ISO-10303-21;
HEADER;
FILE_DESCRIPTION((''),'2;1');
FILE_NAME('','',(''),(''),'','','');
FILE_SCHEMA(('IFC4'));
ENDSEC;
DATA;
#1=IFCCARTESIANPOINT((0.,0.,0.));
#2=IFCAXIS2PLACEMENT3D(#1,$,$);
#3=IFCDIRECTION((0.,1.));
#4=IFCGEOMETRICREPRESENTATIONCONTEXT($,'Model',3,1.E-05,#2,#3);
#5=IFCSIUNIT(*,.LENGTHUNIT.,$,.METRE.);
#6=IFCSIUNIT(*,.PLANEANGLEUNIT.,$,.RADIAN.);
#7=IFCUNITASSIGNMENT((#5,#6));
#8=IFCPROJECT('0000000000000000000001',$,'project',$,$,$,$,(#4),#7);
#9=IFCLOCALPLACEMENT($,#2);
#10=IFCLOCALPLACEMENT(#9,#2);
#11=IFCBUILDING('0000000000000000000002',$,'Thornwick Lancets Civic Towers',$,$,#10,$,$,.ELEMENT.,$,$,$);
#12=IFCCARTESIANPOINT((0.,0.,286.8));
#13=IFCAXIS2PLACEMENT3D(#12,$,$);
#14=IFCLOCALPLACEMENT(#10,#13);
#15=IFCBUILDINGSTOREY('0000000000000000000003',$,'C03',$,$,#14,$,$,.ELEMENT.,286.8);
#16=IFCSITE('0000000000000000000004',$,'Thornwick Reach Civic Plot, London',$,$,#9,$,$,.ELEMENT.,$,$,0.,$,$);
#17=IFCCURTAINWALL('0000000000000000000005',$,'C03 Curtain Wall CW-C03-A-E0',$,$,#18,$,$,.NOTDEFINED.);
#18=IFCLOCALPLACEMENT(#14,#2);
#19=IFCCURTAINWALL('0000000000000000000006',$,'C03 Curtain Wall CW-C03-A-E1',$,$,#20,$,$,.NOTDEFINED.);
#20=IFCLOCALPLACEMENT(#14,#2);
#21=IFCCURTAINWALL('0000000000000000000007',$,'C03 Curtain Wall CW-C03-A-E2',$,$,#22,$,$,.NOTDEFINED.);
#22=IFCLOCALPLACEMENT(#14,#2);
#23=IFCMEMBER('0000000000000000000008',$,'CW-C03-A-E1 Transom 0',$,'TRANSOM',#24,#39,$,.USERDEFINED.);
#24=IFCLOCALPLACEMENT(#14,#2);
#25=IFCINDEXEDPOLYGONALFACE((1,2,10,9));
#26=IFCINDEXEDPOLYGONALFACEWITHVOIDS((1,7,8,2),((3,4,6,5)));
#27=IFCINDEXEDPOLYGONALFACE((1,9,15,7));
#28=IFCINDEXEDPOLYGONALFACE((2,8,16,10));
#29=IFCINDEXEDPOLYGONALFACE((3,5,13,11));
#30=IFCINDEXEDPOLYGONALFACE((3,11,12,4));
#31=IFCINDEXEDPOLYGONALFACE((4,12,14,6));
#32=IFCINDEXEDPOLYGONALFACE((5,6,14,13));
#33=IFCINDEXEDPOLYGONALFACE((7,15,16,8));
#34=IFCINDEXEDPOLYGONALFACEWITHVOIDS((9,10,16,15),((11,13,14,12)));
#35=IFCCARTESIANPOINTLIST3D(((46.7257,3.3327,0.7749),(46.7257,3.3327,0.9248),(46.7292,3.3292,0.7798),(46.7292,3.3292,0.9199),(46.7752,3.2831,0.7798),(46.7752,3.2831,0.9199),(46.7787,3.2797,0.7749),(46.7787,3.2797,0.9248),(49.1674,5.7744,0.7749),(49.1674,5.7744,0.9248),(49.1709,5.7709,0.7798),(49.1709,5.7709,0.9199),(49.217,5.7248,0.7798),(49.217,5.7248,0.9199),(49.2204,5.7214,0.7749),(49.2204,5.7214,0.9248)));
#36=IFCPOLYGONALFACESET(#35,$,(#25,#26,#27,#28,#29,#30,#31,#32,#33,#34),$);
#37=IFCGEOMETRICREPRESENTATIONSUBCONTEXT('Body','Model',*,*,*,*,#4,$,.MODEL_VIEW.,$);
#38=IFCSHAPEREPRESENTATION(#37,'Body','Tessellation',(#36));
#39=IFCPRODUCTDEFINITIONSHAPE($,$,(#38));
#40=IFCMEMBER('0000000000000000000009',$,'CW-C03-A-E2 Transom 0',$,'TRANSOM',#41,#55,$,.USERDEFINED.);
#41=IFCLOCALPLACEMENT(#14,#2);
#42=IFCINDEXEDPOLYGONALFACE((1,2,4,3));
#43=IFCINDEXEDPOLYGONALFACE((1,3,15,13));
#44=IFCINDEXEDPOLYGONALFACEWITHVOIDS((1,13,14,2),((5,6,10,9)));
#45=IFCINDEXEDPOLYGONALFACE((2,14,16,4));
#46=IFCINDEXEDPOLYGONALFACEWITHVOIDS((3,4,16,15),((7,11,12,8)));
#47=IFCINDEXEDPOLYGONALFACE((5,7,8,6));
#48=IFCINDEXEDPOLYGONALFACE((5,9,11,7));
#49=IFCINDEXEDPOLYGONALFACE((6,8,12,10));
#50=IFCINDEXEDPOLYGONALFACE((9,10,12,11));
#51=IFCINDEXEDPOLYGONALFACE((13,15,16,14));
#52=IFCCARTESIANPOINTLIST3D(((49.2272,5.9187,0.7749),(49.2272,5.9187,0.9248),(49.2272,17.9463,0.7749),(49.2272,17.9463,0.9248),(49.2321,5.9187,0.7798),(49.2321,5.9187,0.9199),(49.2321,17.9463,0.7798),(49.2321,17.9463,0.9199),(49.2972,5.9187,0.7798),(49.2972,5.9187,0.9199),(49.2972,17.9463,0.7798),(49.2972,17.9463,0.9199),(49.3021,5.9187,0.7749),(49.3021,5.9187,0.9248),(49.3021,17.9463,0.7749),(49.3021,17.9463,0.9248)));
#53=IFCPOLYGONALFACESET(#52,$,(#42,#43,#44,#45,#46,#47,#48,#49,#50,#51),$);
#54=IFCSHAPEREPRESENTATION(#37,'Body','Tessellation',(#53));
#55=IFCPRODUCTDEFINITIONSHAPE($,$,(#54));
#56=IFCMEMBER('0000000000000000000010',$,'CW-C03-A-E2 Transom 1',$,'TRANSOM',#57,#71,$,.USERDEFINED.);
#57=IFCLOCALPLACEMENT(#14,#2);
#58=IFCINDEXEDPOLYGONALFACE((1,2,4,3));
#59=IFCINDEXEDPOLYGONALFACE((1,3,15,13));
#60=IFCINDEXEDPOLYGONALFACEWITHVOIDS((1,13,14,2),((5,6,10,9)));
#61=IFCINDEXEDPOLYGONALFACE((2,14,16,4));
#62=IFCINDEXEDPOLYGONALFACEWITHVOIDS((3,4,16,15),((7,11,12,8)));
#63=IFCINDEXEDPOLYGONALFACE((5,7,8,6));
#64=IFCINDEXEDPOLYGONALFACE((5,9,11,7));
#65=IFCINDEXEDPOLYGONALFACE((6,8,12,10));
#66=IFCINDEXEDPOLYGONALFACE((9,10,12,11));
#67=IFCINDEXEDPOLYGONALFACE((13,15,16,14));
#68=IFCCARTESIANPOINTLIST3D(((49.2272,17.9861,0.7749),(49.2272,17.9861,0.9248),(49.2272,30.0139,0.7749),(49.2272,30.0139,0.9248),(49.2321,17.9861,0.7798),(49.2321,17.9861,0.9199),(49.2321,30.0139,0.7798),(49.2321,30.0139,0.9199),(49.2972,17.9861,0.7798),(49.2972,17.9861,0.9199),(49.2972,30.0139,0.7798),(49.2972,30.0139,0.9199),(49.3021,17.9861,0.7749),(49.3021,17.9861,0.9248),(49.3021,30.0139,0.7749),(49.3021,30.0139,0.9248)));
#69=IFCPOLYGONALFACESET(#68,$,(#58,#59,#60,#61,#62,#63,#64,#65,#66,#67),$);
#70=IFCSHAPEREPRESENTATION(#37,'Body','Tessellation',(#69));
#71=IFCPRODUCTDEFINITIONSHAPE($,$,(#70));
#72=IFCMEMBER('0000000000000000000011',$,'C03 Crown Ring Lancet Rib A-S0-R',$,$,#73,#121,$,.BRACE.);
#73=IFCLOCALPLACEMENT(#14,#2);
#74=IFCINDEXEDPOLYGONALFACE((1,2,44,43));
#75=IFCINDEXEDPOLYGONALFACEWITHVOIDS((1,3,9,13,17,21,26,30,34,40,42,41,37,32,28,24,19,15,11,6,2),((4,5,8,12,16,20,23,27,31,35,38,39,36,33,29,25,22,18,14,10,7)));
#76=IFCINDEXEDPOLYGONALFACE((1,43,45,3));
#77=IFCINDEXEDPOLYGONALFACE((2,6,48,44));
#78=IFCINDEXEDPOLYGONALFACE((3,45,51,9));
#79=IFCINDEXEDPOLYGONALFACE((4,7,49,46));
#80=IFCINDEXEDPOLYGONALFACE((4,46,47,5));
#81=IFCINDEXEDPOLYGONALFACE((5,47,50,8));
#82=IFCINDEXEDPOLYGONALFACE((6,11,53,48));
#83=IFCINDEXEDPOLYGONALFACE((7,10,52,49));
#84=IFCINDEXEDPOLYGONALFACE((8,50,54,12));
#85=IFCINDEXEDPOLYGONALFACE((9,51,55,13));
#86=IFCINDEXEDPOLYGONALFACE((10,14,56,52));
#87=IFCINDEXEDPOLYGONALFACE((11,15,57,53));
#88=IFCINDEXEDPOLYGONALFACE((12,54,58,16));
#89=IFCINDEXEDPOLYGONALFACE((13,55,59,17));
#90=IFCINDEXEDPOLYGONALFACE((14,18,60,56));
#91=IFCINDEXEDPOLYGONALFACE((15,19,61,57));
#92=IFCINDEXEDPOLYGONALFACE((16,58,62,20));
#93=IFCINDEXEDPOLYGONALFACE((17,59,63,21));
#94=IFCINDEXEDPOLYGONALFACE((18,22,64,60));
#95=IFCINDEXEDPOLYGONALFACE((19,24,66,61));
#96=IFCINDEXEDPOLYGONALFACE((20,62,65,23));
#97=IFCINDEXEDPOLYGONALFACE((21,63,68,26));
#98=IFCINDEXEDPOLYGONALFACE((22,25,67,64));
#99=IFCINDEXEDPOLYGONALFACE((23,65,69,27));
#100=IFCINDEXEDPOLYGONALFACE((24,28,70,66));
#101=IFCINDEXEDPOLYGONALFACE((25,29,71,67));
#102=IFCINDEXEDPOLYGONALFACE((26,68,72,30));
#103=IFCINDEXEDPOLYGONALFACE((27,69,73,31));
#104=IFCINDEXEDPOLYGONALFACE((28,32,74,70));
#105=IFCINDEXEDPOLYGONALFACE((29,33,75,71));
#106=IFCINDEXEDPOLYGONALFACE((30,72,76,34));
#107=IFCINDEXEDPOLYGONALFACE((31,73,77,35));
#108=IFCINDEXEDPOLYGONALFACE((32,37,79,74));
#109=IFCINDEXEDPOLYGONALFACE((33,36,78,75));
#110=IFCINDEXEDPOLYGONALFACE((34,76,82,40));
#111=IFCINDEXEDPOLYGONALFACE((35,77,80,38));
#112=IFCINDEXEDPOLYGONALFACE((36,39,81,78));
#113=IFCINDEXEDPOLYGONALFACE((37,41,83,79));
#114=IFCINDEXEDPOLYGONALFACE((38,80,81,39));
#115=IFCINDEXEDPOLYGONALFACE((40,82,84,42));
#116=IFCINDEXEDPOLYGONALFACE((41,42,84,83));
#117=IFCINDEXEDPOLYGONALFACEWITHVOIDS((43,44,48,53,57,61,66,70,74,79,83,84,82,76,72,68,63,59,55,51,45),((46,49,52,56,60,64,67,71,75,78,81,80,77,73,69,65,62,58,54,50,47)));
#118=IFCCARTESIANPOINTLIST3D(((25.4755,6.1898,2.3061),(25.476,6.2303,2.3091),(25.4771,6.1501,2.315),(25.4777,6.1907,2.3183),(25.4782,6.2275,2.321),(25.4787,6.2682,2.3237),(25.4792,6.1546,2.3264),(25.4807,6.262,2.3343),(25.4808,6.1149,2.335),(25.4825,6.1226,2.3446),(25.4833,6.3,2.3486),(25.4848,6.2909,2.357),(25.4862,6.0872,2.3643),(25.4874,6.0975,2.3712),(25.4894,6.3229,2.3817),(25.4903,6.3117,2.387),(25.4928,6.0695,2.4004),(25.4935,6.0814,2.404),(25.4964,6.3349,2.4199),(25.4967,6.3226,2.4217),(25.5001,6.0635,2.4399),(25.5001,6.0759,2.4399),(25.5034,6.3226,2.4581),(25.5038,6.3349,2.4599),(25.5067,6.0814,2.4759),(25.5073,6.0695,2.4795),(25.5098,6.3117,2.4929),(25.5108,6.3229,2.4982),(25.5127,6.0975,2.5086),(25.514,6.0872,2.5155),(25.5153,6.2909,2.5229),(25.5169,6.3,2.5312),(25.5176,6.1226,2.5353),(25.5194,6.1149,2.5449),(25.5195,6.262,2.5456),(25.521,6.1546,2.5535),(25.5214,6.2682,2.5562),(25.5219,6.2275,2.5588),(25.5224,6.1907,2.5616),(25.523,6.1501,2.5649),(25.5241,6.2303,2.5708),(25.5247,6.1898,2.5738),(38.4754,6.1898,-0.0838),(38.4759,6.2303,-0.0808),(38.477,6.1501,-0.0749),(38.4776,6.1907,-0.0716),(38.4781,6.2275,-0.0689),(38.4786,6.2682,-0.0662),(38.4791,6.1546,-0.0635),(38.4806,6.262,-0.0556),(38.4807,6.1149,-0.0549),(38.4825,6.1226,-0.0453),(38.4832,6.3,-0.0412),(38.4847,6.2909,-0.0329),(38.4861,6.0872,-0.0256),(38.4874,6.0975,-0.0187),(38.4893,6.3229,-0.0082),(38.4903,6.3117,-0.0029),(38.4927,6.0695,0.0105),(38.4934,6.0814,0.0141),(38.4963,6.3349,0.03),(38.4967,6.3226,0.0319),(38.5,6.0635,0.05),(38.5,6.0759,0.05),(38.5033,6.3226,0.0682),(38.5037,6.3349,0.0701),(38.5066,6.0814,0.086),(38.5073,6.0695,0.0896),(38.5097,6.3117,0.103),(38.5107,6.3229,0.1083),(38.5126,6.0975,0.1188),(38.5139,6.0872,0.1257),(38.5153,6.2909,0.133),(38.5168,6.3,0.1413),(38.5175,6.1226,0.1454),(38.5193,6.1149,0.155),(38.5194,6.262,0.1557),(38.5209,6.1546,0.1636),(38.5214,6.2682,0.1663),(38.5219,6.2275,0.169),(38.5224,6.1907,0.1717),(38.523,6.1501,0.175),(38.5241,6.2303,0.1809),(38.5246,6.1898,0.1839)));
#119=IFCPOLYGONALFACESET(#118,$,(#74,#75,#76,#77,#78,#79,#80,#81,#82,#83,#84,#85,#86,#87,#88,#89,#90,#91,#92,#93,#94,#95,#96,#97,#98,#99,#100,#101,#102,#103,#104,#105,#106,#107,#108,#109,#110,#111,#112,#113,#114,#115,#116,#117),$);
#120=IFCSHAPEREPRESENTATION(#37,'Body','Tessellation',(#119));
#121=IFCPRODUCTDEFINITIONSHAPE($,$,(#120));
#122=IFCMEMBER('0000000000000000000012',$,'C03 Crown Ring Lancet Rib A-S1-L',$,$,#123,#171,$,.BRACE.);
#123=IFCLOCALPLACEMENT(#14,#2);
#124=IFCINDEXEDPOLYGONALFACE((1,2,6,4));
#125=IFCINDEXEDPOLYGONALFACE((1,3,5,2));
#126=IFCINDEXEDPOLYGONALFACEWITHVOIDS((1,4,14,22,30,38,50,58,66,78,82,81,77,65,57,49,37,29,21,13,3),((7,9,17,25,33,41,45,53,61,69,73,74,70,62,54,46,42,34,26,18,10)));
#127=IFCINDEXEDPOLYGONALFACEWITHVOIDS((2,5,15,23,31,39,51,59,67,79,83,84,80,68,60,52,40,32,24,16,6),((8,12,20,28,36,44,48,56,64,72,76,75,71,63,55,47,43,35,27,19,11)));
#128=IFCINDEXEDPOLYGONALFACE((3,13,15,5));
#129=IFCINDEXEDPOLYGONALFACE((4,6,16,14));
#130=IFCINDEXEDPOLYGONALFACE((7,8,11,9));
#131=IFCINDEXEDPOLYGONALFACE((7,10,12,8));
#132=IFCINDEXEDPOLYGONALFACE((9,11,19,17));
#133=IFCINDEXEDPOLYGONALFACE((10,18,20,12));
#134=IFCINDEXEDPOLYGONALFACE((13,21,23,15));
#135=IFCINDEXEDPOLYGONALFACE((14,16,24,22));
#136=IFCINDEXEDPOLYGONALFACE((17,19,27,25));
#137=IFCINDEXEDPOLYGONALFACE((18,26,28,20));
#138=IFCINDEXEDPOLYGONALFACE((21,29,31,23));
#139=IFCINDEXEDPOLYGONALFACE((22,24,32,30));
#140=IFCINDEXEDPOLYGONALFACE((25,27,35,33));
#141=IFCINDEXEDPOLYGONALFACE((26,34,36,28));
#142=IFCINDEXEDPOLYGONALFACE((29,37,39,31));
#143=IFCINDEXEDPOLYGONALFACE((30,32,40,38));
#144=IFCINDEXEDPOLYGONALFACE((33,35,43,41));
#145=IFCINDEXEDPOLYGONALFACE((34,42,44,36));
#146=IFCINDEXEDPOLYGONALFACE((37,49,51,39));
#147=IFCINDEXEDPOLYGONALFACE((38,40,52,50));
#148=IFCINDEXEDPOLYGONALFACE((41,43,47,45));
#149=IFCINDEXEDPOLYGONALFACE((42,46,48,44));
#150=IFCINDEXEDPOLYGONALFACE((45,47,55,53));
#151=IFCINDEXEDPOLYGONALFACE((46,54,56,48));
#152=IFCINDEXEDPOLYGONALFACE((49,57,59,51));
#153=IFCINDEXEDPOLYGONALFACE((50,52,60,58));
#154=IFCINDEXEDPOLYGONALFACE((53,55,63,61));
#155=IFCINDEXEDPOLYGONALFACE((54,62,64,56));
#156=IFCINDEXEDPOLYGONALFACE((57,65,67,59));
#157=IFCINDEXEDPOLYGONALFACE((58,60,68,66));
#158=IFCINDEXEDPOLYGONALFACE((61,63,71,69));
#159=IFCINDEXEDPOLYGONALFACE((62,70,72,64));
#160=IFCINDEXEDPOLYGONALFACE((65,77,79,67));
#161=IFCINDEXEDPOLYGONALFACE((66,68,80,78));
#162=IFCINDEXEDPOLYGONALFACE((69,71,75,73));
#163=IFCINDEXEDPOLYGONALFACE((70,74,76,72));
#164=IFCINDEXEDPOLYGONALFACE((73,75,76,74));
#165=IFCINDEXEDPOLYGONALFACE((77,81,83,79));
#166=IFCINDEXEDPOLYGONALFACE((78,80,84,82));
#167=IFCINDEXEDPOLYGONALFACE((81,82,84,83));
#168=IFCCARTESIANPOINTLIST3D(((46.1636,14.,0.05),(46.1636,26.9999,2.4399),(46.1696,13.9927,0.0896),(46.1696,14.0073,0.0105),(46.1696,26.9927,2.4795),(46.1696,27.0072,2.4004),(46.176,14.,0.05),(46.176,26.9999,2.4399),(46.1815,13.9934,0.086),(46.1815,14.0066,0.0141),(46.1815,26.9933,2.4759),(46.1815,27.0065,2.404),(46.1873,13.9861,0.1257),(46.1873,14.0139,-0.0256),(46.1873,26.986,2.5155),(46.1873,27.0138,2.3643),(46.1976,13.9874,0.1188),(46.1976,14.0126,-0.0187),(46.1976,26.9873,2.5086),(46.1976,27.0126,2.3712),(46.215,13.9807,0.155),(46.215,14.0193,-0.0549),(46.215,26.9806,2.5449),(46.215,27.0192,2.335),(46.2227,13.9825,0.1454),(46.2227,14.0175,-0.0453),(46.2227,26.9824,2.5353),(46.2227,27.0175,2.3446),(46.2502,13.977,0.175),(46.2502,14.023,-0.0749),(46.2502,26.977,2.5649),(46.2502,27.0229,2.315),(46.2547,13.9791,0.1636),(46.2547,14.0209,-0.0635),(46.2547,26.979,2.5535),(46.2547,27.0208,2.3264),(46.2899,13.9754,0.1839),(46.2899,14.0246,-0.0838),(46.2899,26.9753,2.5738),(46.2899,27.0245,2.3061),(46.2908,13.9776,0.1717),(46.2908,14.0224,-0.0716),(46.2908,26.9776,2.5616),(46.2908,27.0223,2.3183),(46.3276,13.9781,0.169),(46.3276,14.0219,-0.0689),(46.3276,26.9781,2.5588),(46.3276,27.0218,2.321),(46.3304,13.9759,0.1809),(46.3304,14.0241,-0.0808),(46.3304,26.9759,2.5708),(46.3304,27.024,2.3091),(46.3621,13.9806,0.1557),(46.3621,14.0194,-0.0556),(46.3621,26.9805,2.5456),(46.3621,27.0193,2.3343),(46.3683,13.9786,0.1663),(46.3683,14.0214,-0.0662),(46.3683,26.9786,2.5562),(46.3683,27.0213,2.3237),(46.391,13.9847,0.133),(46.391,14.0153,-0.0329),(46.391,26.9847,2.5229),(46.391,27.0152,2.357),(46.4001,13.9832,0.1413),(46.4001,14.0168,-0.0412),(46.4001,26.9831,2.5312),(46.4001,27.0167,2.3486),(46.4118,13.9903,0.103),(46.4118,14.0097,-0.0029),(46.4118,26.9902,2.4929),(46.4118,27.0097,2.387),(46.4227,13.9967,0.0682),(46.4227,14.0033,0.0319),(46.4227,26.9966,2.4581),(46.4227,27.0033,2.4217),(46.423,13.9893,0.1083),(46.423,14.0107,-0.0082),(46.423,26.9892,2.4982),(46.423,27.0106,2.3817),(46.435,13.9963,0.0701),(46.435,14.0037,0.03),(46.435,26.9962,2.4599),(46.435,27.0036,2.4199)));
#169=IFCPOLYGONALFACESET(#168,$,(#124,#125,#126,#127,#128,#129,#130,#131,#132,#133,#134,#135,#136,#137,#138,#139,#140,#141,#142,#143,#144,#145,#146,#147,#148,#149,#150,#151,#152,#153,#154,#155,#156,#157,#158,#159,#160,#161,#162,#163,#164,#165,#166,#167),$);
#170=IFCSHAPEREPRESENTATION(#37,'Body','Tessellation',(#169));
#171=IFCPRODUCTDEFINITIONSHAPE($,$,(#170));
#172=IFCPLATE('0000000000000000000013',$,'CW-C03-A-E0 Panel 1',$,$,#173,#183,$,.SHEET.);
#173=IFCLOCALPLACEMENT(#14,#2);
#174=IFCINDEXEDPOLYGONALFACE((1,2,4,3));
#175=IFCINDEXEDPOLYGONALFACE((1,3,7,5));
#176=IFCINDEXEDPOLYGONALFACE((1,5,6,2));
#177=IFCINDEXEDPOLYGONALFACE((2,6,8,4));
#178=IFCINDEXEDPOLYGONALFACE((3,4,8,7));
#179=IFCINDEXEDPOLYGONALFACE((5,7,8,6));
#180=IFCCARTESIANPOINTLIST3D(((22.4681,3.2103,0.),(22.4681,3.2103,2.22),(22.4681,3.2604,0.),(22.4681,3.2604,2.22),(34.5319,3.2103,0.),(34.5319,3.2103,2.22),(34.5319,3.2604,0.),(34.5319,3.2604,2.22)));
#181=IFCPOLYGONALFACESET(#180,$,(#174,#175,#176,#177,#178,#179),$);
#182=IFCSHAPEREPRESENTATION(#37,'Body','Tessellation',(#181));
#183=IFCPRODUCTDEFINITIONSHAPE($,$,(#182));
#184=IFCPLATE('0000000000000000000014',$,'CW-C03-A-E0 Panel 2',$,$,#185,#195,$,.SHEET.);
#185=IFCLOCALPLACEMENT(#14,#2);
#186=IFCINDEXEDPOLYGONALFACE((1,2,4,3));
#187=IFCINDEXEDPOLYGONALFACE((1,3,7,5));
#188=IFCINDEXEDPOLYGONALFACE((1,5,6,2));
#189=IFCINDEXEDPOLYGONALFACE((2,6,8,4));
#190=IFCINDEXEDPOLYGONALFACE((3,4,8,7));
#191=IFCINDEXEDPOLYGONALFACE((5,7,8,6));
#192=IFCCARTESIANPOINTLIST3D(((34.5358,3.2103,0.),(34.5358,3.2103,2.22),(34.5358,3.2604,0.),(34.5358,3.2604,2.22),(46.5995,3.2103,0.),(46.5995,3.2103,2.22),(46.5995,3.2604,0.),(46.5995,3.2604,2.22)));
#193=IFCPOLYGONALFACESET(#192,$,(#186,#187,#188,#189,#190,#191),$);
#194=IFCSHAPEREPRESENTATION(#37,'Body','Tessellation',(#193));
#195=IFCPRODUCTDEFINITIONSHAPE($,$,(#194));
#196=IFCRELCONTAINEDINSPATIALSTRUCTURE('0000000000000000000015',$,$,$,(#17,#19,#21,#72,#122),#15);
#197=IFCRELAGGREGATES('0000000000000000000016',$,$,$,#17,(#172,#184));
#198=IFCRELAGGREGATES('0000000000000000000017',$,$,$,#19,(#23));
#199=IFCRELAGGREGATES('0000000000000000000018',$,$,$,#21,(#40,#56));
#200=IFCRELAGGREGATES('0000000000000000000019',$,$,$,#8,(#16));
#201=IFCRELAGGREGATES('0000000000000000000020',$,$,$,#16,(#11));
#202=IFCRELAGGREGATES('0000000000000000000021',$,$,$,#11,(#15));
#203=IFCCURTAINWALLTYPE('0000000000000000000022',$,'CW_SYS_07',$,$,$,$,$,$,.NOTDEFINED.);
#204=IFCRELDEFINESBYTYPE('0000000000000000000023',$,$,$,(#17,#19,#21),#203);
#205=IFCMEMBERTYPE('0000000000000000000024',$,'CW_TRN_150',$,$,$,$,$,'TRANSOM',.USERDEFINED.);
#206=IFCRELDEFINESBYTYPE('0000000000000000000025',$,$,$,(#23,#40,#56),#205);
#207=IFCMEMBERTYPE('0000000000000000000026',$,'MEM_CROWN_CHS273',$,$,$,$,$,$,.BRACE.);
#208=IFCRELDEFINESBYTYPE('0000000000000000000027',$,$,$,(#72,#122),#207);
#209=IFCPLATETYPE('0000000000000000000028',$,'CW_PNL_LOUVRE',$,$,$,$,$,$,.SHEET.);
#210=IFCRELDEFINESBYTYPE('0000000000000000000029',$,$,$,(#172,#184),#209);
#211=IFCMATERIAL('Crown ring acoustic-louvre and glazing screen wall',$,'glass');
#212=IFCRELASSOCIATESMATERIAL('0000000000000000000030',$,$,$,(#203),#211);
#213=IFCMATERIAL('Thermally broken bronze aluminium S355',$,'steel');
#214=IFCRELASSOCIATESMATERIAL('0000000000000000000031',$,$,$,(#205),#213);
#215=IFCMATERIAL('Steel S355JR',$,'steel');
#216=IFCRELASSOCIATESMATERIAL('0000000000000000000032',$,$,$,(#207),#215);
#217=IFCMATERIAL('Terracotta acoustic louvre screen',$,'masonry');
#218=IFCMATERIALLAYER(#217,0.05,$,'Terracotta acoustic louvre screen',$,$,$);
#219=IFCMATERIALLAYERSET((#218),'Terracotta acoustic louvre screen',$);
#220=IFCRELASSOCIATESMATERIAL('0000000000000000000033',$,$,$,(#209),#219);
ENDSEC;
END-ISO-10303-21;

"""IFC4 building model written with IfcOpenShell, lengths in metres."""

from ifc_helpers import new_model, si_unit, direction, frame, origin, origin_2d, place, context, subcontext, project, spatial, rectangle, hollow_rectangle, hollow_circle, extrude, material, layer, layer_set, material_profile, profile_set, type_object, element, aggregate, save


model = new_model("IFC4")

# Units and contexts
model_context = context("Model", 3, precision=1e-05, world=origin(), true_north=direction((0.0, 1.0)))
body_context = subcontext(model_context, "Body", "Model", "MODEL_VIEW")
ifc_project = project(units=[si_unit("LENGTHUNIT", "METRE"), si_unit("PLANEANGLEUNIT", "RADIAN")], contexts=[model_context])

# Site, building, storey
site_placement = place(None, origin())
site = spatial("IfcSite", under=ifc_project, at=site_placement, Name="Thornwick Reach Civic Plot, London", CompositionType="ELEMENT", RefElevation=0.0)
building_placement = place(site_placement, origin())
building = spatial("IfcBuilding", under=site, at=building_placement, Name="Thornwick Lancets Civic Towers", CompositionType="ELEMENT")
storey_placement = place(building_placement, frame((0.0, 0.0, 286.8)))
storey = spatial("IfcBuildingStorey", under=building, at=storey_placement, Name="C03", CompositionType="ELEMENT", Elevation=286.8)

# Shared definitions
ifc_material_1 = material(Name="Steel S355JR", Category="steel")

# Curtain walls
ifc_material_2 = material(Name="Crown ring acoustic-louvre and glazing screen wall", Category="glass")
curtain_wall_type = type_object("IfcCurtainWallType", Name="CW_SYS_07", PredefinedType="NOTDEFINED", material=ifc_material_2)
curtain_wall_1_placement = place(storey_placement, origin())
curtain_wall_1 = element("IfcCurtainWall", 1, at=curtain_wall_1_placement, inside=storey, type_object=curtain_wall_type, Name="C03 Curtain Wall CW-C03-A-E0", PredefinedType="NOTDEFINED")
ifc_material_3 = material(Name="Thermally broken bronze aluminium S355", Category="steel")
curtain_wall_2_placement = place(storey_placement, origin())
curtain_wall_2 = element("IfcCurtainWall", 2, at=curtain_wall_2_placement, inside=storey, type_object=curtain_wall_type, Name="C03 Curtain Wall CW-C03-A-E1", PredefinedType="NOTDEFINED")
curtain_wall_3_placement = place(storey_placement, origin())
curtain_wall_3 = element("IfcCurtainWall", 3, at=curtain_wall_3_placement, inside=storey, type_object=curtain_wall_type, Name="C03 Curtain Wall CW-C03-A-E2", PredefinedType="NOTDEFINED")

# Members
ifc_material_profile_1 = material_profile(ifc_material_3, hollow_rectangle(XDim=0.075, YDim=0.1499, WallThickness=0.0049, at=origin_2d()), Name="RHS 150x75x5")
ifc_profile_set_1 = profile_set([ifc_material_profile_1], Name="Thermally broken bronze aluminium S355")
member_type_1 = type_object("IfcMemberType", Name="CW_TRN_150", ElementType="TRANSOM", PredefinedType="USERDEFINED", material=ifc_profile_set_1)
member_1_placement = place(storey_placement, frame((46.7522, 3.3062, 0.8499), z_axis=(0.707107, 0.707107, 0.0), x_axis=(-0.707107, 0.707107, 0.0)))
member_1 = element("IfcMember", 4, at=member_1_placement, type_object=member_type_1, Name="CW-C03-A-E1 Transom 0", ObjectType="TRANSOM", PredefinedType="USERDEFINED", context=body_context, shape_type="SweptSolid", body=[
    extrude(hollow_rectangle(XDim=0.075, YDim=0.1499, WallThickness=0.0049, at=origin_2d()), origin(), (0.0, 0.0, 1.0), 3.4531),
])
member_2_placement = place(storey_placement, frame((49.2646, 5.9187, 0.8499), z_axis=(0.0, 1.0, 0.0), x_axis=(-1.0, 0.0, 0.0)))
member_2 = element("IfcMember", 5, at=member_2_placement, type_object=member_type_1, Name="CW-C03-A-E2 Transom 0", ObjectType="TRANSOM", PredefinedType="USERDEFINED", context=body_context, shape_type="SweptSolid", body=[
    extrude(hollow_rectangle(XDim=0.075, YDim=0.1499, WallThickness=0.0049, at=origin_2d()), origin(), (0.0, 0.0, 1.0), 12.0276),
])
member_3_placement = place(storey_placement, frame((49.2646, 17.9861, 0.8499), z_axis=(0.0, 1.0, 0.0), x_axis=(-1.0, 0.0, 0.0)))
member_3 = element("IfcMember", 6, at=member_3_placement, type_object=member_type_1, Name="CW-C03-A-E2 Transom 1", ObjectType="TRANSOM", PredefinedType="USERDEFINED", context=body_context, shape_type="SweptSolid", body=[
    extrude(hollow_rectangle(XDim=0.075, YDim=0.1499, WallThickness=0.0049, at=origin_2d()), origin(), (0.0, 0.0, 1.0), 12.0278),
])

# Members
ifc_material_profile_2 = material_profile(ifc_material_1, hollow_circle(Radius=0.1365, WallThickness=0.0125, at=origin_2d()), Name="CHS 273x12.5")
ifc_profile_set_2 = profile_set([ifc_material_profile_2], Name="Steel S355JR")
member_type_2 = type_object("IfcMemberType", Name="MEM_CROWN_CHS273", PredefinedType="BRACE", material=ifc_profile_set_2)
for number, where, z_axis, x_axis, name in (
    (7, (38.5, 6.2, 0.05), (-0.983518, 0.0, 0.180808), (0.0, -1.0, 0.0), "C03 Crown Ring Lancet Rib A-S0-R"),
    (8, (46.3, 14.0, 0.05), (0.0, 0.983518, 0.180808), (-1.0, 0.0, 0.0), "C03 Crown Ring Lancet Rib A-S1-L"),
):
    element("IfcMember", number, at=place(storey_placement, frame(where, z_axis=z_axis, x_axis=x_axis)), inside=storey, type_object=member_type_2, Name=name, PredefinedType="BRACE", context=body_context, shape_type="SweptSolid", body=[
        extrude(hollow_circle(Radius=0.1365, WallThickness=0.0125, at=origin_2d()), origin(), (0.0, 0.0, 1.0), 13.2178),
    ])

# Plates
ifc_material_4 = material(Name="Terracotta acoustic louvre screen", Category="masonry")
ifc_layer_1 = layer(ifc_material_4, 0.05, Name="Terracotta acoustic louvre screen")
ifc_layer_set_1 = layer_set([ifc_layer_1], Name="Terracotta acoustic louvre screen")
plate_type_1 = type_object("IfcPlateType", Name="CW_PNL_LOUVRE", PredefinedType="SHEET", material=ifc_layer_set_1)
plate_1_placement = place(storey_placement, frame((28.5, 3.2354, 0.0), z_axis=(0.0, 0.0, 1.0), x_axis=(1.0, 0.0, 0.0)))
plate_1 = element("IfcPlate", 9, at=plate_1_placement, type_object=plate_type_1, Name="CW-C03-A-E0 Panel 1", PredefinedType="SHEET", context=body_context, shape_type="SweptSolid", body=[
    extrude(rectangle(XDim=12.0637, YDim=0.05, at=origin_2d()), origin(), (0.0, 0.0, 1.0), 2.22),
])
plate_2_placement = place(storey_placement, frame((40.5676, 3.2354, 0.0), z_axis=(0.0, 0.0, 1.0), x_axis=(1.0, 0.0, 0.0)))
plate_2 = element("IfcPlate", 10, at=plate_2_placement, type_object=plate_type_1, Name="CW-C03-A-E0 Panel 2", PredefinedType="SHEET", context=body_context, shape_type="SweptSolid", body=[
    extrude(rectangle(XDim=12.0637, YDim=0.05, at=origin_2d()), origin(), (0.0, 0.0, 1.0), 2.22),
])
aggregate(curtain_wall_1, [plate_1, plate_2])
aggregate(curtain_wall_2, [member_1])
aggregate(curtain_wall_3, [member_2, member_3])

save(model, "model.ifc")
